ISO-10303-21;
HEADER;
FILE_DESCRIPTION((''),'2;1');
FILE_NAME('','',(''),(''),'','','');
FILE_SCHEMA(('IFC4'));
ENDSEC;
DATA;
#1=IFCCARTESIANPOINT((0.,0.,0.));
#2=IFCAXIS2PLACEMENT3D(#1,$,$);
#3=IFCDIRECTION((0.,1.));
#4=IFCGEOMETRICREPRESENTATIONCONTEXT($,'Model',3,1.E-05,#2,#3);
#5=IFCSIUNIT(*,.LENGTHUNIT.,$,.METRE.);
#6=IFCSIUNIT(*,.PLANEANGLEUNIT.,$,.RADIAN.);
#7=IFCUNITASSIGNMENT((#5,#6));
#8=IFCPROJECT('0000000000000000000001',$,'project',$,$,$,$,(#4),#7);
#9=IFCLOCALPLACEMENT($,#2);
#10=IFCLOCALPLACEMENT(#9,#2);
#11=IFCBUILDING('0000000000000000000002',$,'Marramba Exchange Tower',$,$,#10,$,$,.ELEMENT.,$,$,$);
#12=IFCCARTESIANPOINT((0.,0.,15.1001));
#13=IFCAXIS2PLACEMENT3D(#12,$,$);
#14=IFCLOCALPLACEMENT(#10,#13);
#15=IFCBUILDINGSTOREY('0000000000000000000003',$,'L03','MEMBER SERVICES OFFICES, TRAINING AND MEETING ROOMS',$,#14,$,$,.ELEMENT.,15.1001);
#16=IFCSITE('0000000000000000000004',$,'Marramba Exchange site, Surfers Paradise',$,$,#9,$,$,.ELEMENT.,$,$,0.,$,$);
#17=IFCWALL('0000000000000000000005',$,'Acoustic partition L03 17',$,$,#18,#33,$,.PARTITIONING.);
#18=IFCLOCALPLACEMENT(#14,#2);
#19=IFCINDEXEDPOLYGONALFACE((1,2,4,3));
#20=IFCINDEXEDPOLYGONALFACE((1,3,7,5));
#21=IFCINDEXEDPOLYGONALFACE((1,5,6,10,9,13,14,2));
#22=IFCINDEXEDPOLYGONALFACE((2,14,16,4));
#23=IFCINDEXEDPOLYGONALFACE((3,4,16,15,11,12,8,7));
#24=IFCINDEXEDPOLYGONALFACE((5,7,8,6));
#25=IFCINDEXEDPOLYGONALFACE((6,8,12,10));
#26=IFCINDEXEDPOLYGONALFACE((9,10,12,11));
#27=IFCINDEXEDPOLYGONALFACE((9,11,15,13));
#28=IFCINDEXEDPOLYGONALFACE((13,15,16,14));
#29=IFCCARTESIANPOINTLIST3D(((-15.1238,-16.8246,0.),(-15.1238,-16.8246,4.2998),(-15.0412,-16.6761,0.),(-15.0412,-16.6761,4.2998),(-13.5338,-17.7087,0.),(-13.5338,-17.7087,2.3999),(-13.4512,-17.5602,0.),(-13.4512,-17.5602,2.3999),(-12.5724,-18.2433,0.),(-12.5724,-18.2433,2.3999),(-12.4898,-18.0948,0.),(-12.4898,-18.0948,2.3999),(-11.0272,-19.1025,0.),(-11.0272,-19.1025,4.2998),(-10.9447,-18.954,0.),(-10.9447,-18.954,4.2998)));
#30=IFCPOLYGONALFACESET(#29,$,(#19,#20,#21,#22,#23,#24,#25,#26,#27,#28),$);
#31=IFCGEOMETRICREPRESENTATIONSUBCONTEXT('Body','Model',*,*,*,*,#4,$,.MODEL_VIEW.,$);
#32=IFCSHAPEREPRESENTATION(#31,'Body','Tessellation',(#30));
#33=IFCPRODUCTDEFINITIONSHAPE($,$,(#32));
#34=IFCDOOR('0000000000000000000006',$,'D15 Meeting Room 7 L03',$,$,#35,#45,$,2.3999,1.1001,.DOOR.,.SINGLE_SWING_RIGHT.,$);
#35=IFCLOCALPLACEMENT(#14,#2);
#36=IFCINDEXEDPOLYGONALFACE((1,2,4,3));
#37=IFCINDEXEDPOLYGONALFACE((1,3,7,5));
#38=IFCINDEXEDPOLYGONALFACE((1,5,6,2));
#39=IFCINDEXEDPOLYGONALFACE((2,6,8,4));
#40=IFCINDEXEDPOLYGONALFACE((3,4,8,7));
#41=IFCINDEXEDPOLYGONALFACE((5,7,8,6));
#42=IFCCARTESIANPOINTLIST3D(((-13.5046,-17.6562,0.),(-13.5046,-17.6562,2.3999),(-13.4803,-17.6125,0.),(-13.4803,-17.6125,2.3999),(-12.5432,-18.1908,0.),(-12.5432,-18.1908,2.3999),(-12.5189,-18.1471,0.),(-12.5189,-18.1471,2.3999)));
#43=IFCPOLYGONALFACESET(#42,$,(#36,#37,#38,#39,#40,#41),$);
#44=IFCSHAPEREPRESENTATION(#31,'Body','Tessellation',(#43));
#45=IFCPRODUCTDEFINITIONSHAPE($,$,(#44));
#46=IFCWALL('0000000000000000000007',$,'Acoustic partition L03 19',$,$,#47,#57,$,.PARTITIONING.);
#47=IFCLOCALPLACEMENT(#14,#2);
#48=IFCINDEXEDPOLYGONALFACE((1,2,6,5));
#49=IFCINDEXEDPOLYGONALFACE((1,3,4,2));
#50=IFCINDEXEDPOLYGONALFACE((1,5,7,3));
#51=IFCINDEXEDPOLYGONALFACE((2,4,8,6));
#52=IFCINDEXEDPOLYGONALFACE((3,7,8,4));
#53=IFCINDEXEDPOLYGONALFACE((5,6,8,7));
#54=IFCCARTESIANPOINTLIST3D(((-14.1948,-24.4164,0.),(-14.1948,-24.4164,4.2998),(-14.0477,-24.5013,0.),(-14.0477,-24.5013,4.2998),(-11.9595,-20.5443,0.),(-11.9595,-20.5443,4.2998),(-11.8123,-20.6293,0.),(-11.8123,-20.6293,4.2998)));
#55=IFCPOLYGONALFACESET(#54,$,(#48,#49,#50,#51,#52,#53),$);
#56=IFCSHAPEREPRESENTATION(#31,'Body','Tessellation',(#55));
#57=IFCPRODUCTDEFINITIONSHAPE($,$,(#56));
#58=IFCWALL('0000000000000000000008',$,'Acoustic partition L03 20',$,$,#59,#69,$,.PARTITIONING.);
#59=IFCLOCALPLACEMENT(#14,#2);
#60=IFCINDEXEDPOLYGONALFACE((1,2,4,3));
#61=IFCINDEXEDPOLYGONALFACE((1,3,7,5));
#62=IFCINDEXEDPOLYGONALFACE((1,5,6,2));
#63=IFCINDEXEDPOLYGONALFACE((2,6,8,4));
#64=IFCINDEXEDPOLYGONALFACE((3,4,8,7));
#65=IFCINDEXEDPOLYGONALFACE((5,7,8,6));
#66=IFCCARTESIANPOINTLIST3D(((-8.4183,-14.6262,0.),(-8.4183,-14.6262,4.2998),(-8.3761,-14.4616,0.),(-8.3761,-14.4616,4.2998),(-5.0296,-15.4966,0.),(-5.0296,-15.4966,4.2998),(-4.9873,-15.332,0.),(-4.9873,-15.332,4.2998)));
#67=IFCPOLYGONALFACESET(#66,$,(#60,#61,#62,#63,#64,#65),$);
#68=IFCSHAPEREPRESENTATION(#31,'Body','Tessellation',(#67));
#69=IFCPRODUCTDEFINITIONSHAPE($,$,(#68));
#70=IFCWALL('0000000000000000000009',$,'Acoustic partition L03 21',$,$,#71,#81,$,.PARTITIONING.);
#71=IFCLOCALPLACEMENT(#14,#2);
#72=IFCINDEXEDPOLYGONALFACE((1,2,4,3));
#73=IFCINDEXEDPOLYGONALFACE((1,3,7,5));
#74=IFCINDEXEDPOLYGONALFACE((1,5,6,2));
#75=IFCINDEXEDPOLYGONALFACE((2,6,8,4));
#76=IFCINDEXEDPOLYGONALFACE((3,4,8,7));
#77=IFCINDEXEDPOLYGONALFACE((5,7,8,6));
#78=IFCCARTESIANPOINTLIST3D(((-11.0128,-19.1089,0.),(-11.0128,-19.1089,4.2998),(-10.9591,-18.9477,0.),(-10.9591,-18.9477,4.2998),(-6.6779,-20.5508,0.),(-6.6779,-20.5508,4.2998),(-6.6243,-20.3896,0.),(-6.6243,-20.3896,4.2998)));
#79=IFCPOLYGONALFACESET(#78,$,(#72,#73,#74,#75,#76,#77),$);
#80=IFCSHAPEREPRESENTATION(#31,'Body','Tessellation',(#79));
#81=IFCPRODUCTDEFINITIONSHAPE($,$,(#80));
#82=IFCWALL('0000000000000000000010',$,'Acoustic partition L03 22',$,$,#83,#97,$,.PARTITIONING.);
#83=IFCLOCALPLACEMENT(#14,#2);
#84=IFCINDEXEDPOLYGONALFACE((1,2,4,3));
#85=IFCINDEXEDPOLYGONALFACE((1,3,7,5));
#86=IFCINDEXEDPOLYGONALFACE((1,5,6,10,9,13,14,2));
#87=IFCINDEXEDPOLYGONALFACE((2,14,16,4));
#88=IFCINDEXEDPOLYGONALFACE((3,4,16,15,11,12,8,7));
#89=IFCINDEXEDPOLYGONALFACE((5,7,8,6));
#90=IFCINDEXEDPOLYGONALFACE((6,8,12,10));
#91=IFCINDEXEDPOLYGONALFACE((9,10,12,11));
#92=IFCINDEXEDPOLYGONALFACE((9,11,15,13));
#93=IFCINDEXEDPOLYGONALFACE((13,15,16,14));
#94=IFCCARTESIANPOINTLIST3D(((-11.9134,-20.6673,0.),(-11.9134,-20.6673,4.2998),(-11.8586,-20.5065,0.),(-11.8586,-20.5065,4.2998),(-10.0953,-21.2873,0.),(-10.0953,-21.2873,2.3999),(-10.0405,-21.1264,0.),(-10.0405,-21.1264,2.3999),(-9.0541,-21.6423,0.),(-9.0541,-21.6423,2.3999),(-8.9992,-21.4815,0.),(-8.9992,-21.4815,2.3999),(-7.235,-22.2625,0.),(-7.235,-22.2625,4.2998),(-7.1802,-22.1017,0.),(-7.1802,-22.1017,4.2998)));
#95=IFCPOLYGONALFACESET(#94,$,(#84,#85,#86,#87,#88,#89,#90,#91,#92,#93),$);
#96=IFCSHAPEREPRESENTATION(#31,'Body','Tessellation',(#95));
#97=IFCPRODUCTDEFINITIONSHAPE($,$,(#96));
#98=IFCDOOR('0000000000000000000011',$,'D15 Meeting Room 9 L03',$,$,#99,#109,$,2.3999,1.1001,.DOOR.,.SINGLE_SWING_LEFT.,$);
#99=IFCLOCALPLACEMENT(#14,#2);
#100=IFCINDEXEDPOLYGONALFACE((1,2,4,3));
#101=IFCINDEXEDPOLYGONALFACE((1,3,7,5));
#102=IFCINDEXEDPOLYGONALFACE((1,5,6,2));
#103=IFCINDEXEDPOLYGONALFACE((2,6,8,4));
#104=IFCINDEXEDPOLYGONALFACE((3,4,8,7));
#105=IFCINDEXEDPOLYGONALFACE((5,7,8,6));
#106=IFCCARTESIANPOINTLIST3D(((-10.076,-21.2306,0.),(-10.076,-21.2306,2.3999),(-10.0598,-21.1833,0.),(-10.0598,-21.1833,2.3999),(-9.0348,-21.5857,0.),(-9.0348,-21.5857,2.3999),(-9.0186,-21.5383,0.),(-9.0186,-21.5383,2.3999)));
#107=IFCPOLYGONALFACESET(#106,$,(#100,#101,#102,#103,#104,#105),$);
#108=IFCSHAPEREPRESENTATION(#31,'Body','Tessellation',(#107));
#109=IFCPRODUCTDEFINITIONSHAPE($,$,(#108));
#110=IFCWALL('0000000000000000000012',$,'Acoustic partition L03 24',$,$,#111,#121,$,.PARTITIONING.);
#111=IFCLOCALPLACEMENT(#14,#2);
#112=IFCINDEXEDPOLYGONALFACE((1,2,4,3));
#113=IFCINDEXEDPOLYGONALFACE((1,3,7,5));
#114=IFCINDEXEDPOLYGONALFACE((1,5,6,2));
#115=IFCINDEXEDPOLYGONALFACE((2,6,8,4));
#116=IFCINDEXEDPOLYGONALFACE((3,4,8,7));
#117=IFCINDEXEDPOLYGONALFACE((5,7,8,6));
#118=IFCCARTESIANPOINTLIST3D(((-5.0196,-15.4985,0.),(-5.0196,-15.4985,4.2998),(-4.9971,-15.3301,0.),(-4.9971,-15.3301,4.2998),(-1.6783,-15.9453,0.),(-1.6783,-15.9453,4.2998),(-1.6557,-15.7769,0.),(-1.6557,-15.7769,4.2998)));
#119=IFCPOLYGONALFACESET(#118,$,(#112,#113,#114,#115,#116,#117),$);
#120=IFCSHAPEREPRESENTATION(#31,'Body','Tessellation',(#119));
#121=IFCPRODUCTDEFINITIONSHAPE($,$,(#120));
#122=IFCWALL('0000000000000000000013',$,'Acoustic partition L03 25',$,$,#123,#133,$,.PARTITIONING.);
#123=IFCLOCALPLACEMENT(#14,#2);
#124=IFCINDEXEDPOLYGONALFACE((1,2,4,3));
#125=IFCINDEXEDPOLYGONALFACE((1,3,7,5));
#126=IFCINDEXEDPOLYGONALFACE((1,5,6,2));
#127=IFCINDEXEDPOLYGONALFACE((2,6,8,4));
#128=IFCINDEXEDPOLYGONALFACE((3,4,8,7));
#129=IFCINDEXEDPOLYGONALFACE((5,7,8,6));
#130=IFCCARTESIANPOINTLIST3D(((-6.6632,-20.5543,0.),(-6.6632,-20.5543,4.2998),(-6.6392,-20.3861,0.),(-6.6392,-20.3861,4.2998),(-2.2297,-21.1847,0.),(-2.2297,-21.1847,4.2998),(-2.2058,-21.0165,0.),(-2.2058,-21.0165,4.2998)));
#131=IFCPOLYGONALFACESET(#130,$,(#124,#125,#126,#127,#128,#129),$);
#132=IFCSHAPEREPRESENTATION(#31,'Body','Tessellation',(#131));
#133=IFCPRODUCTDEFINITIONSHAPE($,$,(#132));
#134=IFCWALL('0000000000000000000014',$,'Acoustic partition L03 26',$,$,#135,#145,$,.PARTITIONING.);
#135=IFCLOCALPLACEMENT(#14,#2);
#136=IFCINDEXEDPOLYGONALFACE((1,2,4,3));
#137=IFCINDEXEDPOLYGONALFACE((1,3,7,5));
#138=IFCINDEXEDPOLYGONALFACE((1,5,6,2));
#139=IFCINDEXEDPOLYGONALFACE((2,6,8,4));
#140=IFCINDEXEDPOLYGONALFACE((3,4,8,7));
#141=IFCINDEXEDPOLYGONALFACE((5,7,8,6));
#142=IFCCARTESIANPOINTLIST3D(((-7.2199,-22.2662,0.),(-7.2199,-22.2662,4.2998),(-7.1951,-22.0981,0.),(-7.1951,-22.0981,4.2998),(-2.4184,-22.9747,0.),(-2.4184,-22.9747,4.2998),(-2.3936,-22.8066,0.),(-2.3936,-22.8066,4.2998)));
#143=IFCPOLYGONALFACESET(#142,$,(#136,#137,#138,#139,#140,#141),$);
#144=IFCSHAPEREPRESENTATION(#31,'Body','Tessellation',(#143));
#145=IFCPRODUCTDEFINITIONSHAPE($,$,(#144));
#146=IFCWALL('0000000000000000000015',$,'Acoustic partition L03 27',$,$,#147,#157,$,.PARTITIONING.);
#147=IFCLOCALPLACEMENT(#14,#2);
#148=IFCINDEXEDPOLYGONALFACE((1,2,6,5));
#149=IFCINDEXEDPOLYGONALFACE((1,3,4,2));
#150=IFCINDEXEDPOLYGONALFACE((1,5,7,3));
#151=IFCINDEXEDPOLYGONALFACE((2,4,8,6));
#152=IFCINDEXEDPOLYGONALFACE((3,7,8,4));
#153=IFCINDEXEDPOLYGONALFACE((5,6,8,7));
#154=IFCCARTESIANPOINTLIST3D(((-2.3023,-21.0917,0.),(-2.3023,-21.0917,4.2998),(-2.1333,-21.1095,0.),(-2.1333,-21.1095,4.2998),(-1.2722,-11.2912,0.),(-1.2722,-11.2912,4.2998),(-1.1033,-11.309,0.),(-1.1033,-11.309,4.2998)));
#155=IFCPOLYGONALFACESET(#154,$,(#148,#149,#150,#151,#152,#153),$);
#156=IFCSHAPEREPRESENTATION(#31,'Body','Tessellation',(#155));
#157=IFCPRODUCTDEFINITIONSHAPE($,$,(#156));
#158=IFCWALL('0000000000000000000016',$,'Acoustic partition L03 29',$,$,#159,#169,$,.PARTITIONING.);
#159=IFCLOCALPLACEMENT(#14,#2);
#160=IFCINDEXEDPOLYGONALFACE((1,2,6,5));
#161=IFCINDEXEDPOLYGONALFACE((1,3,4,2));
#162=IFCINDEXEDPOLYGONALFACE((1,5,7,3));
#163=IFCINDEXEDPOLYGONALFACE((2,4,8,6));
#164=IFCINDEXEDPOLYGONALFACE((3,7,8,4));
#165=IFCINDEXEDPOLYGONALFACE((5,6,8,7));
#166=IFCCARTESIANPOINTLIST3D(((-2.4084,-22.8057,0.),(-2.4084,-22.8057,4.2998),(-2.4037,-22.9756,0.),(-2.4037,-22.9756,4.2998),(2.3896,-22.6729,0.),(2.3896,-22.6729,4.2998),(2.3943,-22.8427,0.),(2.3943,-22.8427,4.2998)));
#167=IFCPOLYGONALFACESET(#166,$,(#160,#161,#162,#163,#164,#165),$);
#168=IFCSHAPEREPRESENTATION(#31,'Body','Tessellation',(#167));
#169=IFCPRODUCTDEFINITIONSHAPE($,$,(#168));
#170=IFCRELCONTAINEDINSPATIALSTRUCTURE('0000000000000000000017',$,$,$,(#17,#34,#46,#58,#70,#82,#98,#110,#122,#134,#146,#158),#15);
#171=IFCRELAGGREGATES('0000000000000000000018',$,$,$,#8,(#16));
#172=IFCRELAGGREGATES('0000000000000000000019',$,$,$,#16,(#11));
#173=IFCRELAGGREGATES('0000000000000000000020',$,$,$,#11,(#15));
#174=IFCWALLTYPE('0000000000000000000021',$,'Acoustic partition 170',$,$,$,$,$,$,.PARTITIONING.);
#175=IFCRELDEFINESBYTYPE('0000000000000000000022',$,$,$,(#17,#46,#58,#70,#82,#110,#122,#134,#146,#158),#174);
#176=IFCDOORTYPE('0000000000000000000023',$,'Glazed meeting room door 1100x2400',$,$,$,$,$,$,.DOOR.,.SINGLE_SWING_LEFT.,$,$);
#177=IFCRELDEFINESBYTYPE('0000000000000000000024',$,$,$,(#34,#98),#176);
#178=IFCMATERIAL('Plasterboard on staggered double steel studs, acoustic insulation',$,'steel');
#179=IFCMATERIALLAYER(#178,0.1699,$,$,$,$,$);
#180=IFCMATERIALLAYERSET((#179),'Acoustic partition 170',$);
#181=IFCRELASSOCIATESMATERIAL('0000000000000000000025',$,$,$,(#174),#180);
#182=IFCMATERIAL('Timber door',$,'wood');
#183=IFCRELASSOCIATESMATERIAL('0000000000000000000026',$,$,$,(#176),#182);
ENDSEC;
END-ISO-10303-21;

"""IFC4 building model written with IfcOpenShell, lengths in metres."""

from ifc_helpers import new_model, si_unit, direction, frame, frame_2d, origin, place, context, subcontext, project, spatial, rectangle, extrude, material, layer, layer_set, type_object, element, fill, save


model = new_model("IFC4")

# Units and contexts
model_context = context("Model", 3, precision=1e-05, world=origin(), true_north=direction((0.0, 1.0)))
body_context = subcontext(model_context, "Body", "Model", "MODEL_VIEW")
ifc_project = project(units=[si_unit("LENGTHUNIT", "METRE"), si_unit("PLANEANGLEUNIT", "RADIAN")], contexts=[model_context])

# Site, building, storey
site_placement = place(None, origin())
site = spatial("IfcSite", under=ifc_project, at=site_placement, Name="Marramba Exchange site, Surfers Paradise", CompositionType="ELEMENT", RefElevation=0.0)
building_placement = place(site_placement, origin())
building = spatial("IfcBuilding", under=site, at=building_placement, Name="Marramba Exchange Tower", CompositionType="ELEMENT")
storey_placement = place(building_placement, frame((0.0, 0.0, 15.1001)))
storey = spatial("IfcBuildingStorey", under=building, at=storey_placement, Name="L03", Description="MEMBER SERVICES OFFICES, TRAINING AND MEETING ROOMS", CompositionType="ELEMENT", Elevation=15.1001)

# Wall, opening, door
ifc_material_1 = material(Name="Plasterboard on staggered double steel studs, acoustic insulation", Category="steel")
ifc_layer = layer(ifc_material_1, 0.1699)
ifc_layer_set = layer_set([ifc_layer], Name="Acoustic partition 170")
wall_type = type_object("IfcWallType", Name="Acoustic partition 170", PredefinedType="PARTITIONING", material=ifc_layer_set)
wall_1_placement = place(storey_placement, frame((-10.9858, -19.0283, 0.0), z_axis=(0.0, 0.0, 1.0), x_axis=(-0.873973, 0.485975, 0.0)))
wall_1 = element("IfcWall", 1, at=wall_1_placement, inside=storey, type_object=wall_type, Name="Acoustic partition L03 17", PredefinedType="PARTITIONING", context=body_context, shape_type="SweptSolid", body=[
    extrude(rectangle(XDim=4.6873, YDim=0.1699, at=frame_2d((2.3438, 0.0))), origin(), (0.0, 0.0, 1.0), 4.2998),
])
opening_1_placement = place(wall_1_placement, frame((1.7681, 0.0, 0.0)))
opening_1 = element("IfcOpeningElement", 2, at=opening_1_placement, cuts=wall_1, PredefinedType="OPENING", context=body_context, shape_type="SweptSolid", body=[
    extrude(rectangle(XDim=1.1001, YDim=2.3999, at=frame_2d((0.55, 1.2))), frame((0.0, 0.095, 0.0), z_axis=(0.0, -1.0, 0.0), x_axis=(1.0, 0.0, 0.0)), (0.0, 0.0, 1.0), 0.1899),
])
ifc_material_2 = material(Name="Timber door", Category="wood")
door_type = type_object("IfcDoorType", Name="Glazed meeting room door 1100x2400", OperationType="SINGLE_SWING_LEFT", PredefinedType="DOOR", material=ifc_material_2)
door_1_placement = place(opening_1_placement, origin())
door_1 = element("IfcDoor", 3, at=door_1_placement, inside=storey, type_object=door_type, Name="D15 Meeting Room 7 L03", OperationType="SINGLE_SWING_RIGHT", OverallHeight=2.3999, OverallWidth=1.1001, PredefinedType="DOOR", context=body_context, shape_type="SweptSolid", body=[
    extrude(rectangle(XDim=1.1001, YDim=2.3999, at=frame_2d((0.55, 1.2))), frame((0.0, 0.0249, 0.0), z_axis=(0.0, -1.0, 0.0), x_axis=(1.0, 0.0, 0.0)), (0.0, 0.0, 1.0), 0.05),
])
fill(opening_1, door_1)

# Walls
wall_2_placement = place(storey_placement, frame((-11.886, -20.5869, 0.0), z_axis=(0.0, 0.0, 1.0), x_axis=(-0.499968, -0.866044, 0.0)))
element("IfcWall", 4, at=wall_2_placement, inside=storey, type_object=wall_type, Name="Acoustic partition L03 19", PredefinedType="PARTITIONING", context=body_context, shape_type="SweptSolid", body=[
    extrude(rectangle(XDim=4.4709, YDim=0.1699, at=frame_2d((2.2354, 0.0))), origin(), (0.0, 0.0, 1.0), 4.2998),
])
wall_3_placement = place(storey_placement, frame((-5.0083, -15.4143, 0.0), z_axis=(0.0, 0.0, 1.0), x_axis=(-0.968563, 0.24877, 0.0)))
element("IfcWall", 5, at=wall_3_placement, inside=storey, type_object=wall_type, Name="Acoustic partition L03 20", PredefinedType="PARTITIONING", context=body_context, shape_type="SweptSolid", body=[
    extrude(rectangle(XDim=3.4988, YDim=0.1699, at=frame_2d((1.7495, 0.0))), origin(), (0.0, 0.0, 1.0), 4.2998),
])
wall_4_placement = place(storey_placement, frame((-6.6511, -20.4702, 0.0), z_axis=(0.0, 0.0, 1.0), x_axis=(-0.948881, 0.315634, 0.0)))
element("IfcWall", 6, at=wall_4_placement, inside=storey, type_object=wall_type, Name="Acoustic partition L03 21", PredefinedType="PARTITIONING", context=body_context, shape_type="SweptSolid", body=[
    extrude(rectangle(XDim=4.5684, YDim=0.1699, at=frame_2d((2.2842, 0.0))), origin(), (0.0, 0.0, 1.0), 4.2998),
])

# Wall, opening, door
wall_5_placement = place(storey_placement, frame((-11.886, -20.5869, 0.0), z_axis=(0.0, 0.0, 1.0), x_axis=(0.946493, -0.322725, 0.0)))
wall_5 = element("IfcWall", 7, at=wall_5_placement, inside=storey, type_object=wall_type, Name="Acoustic partition L03 22", PredefinedType="PARTITIONING", context=body_context, shape_type="SweptSolid", body=[
    extrude(rectangle(XDim=4.9429, YDim=0.1699, at=frame_2d((2.4714, 0.0))), origin(), (0.0, 0.0, 1.0), 4.2998),
])
opening_2_placement = place(wall_5_placement, frame((1.9209, 0.0, 0.0)))
opening_2 = element("IfcOpeningElement", 8, at=opening_2_placement, cuts=wall_5, PredefinedType="OPENING", context=body_context, shape_type="SweptSolid", body=[
    extrude(rectangle(XDim=1.1001, YDim=2.3999, at=frame_2d((0.55, 1.2))), frame((0.0, 0.095, 0.0), z_axis=(0.0, -1.0, 0.0), x_axis=(1.0, 0.0, 0.0)), (0.0, 0.0, 1.0), 0.1899),
])
door_2_placement = place(opening_2_placement, origin())
door_2 = element("IfcDoor", 9, at=door_2_placement, inside=storey, type_object=door_type, Name="D15 Meeting Room 9 L03", OperationType="SINGLE_SWING_LEFT", OverallHeight=2.3999, OverallWidth=1.1001, PredefinedType="DOOR", context=body_context, shape_type="SweptSolid", body=[
    extrude(rectangle(XDim=1.1001, YDim=2.3999, at=frame_2d((0.55, 1.2))), frame((0.0, 0.0249, 0.0), z_axis=(0.0, -1.0, 0.0), x_axis=(1.0, 0.0, 0.0)), (0.0, 0.0, 1.0), 0.05),
])
fill(opening_2, door_2)

# Walls
wall_6_placement = place(storey_placement, frame((-1.667, -15.8611, 0.0), z_axis=(0.0, 0.0, 1.0), x_axis=(-0.991178, 0.132534, 0.0)))
element("IfcWall", 10, at=wall_6_placement, inside=storey, type_object=wall_type, Name="Acoustic partition L03 24", PredefinedType="PARTITIONING", context=body_context, shape_type="SweptSolid", body=[
    extrude(rectangle(XDim=3.3711, YDim=0.1699, at=frame_2d((1.6855, 0.0))), origin(), (0.0, 0.0, 1.0), 4.2998),
])
wall_7_placement = place(storey_placement, frame((-2.2178, -21.1006, 0.0), z_axis=(0.0, 0.0, 1.0), x_axis=(-0.990042, 0.140773, 0.0)))
element("IfcWall", 11, at=wall_7_placement, inside=storey, type_object=wall_type, Name="Acoustic partition L03 25", PredefinedType="PARTITIONING", context=body_context, shape_type="SweptSolid", body=[
    extrude(rectangle(XDim=4.478, YDim=0.1699, at=frame_2d((2.239, 0.0))), origin(), (0.0, 0.0, 1.0), 4.2998),
])
wall_8_placement = place(storey_placement, frame((-7.2075, -22.1821, 0.0), z_axis=(0.0, 0.0, 1.0), x_axis=(0.989288, -0.145976, 0.0)))
element("IfcWall", 12, at=wall_8_placement, inside=storey, type_object=wall_type, Name="Acoustic partition L03 26", PredefinedType="PARTITIONING", context=body_context, shape_type="SweptSolid", body=[
    extrude(rectangle(XDim=4.8535, YDim=0.1699, at=frame_2d((2.4268, 0.0))), origin(), (0.0, 0.0, 1.0), 4.2998),
])
wall_9_placement = place(storey_placement, frame((-2.2178, -21.1006, 0.0), z_axis=(0.0, 0.0, 1.0), x_axis=(0.104524, 0.994522, 0.0)))
element("IfcWall", 13, at=wall_9_placement, inside=storey, type_object=wall_type, Name="Acoustic partition L03 27", PredefinedType="PARTITIONING", context=body_context, shape_type="SweptSolid", body=[
    extrude(rectangle(XDim=9.8545, YDim=0.1699, at=frame_2d((4.9272, 0.0))), origin(), (0.0, 0.0, 1.0), 4.2998),
])
wall_10_placement = place(storey_placement, frame((-2.406, -22.8906, 0.0), z_axis=(0.0, 0.0, 1.0), x_axis=(0.999617, 0.027671, 0.0)))
element("IfcWall", 14, at=wall_10_placement, inside=storey, type_object=wall_type, Name="Acoustic partition L03 29", PredefinedType="PARTITIONING", context=body_context, shape_type="SweptSolid", body=[
    extrude(rectangle(XDim=4.7998, YDim=0.1699, at=frame_2d((2.3999, 0.0))), origin(), (0.0, 0.0, 1.0), 4.2998),
])

save(model, "model.ifc")
